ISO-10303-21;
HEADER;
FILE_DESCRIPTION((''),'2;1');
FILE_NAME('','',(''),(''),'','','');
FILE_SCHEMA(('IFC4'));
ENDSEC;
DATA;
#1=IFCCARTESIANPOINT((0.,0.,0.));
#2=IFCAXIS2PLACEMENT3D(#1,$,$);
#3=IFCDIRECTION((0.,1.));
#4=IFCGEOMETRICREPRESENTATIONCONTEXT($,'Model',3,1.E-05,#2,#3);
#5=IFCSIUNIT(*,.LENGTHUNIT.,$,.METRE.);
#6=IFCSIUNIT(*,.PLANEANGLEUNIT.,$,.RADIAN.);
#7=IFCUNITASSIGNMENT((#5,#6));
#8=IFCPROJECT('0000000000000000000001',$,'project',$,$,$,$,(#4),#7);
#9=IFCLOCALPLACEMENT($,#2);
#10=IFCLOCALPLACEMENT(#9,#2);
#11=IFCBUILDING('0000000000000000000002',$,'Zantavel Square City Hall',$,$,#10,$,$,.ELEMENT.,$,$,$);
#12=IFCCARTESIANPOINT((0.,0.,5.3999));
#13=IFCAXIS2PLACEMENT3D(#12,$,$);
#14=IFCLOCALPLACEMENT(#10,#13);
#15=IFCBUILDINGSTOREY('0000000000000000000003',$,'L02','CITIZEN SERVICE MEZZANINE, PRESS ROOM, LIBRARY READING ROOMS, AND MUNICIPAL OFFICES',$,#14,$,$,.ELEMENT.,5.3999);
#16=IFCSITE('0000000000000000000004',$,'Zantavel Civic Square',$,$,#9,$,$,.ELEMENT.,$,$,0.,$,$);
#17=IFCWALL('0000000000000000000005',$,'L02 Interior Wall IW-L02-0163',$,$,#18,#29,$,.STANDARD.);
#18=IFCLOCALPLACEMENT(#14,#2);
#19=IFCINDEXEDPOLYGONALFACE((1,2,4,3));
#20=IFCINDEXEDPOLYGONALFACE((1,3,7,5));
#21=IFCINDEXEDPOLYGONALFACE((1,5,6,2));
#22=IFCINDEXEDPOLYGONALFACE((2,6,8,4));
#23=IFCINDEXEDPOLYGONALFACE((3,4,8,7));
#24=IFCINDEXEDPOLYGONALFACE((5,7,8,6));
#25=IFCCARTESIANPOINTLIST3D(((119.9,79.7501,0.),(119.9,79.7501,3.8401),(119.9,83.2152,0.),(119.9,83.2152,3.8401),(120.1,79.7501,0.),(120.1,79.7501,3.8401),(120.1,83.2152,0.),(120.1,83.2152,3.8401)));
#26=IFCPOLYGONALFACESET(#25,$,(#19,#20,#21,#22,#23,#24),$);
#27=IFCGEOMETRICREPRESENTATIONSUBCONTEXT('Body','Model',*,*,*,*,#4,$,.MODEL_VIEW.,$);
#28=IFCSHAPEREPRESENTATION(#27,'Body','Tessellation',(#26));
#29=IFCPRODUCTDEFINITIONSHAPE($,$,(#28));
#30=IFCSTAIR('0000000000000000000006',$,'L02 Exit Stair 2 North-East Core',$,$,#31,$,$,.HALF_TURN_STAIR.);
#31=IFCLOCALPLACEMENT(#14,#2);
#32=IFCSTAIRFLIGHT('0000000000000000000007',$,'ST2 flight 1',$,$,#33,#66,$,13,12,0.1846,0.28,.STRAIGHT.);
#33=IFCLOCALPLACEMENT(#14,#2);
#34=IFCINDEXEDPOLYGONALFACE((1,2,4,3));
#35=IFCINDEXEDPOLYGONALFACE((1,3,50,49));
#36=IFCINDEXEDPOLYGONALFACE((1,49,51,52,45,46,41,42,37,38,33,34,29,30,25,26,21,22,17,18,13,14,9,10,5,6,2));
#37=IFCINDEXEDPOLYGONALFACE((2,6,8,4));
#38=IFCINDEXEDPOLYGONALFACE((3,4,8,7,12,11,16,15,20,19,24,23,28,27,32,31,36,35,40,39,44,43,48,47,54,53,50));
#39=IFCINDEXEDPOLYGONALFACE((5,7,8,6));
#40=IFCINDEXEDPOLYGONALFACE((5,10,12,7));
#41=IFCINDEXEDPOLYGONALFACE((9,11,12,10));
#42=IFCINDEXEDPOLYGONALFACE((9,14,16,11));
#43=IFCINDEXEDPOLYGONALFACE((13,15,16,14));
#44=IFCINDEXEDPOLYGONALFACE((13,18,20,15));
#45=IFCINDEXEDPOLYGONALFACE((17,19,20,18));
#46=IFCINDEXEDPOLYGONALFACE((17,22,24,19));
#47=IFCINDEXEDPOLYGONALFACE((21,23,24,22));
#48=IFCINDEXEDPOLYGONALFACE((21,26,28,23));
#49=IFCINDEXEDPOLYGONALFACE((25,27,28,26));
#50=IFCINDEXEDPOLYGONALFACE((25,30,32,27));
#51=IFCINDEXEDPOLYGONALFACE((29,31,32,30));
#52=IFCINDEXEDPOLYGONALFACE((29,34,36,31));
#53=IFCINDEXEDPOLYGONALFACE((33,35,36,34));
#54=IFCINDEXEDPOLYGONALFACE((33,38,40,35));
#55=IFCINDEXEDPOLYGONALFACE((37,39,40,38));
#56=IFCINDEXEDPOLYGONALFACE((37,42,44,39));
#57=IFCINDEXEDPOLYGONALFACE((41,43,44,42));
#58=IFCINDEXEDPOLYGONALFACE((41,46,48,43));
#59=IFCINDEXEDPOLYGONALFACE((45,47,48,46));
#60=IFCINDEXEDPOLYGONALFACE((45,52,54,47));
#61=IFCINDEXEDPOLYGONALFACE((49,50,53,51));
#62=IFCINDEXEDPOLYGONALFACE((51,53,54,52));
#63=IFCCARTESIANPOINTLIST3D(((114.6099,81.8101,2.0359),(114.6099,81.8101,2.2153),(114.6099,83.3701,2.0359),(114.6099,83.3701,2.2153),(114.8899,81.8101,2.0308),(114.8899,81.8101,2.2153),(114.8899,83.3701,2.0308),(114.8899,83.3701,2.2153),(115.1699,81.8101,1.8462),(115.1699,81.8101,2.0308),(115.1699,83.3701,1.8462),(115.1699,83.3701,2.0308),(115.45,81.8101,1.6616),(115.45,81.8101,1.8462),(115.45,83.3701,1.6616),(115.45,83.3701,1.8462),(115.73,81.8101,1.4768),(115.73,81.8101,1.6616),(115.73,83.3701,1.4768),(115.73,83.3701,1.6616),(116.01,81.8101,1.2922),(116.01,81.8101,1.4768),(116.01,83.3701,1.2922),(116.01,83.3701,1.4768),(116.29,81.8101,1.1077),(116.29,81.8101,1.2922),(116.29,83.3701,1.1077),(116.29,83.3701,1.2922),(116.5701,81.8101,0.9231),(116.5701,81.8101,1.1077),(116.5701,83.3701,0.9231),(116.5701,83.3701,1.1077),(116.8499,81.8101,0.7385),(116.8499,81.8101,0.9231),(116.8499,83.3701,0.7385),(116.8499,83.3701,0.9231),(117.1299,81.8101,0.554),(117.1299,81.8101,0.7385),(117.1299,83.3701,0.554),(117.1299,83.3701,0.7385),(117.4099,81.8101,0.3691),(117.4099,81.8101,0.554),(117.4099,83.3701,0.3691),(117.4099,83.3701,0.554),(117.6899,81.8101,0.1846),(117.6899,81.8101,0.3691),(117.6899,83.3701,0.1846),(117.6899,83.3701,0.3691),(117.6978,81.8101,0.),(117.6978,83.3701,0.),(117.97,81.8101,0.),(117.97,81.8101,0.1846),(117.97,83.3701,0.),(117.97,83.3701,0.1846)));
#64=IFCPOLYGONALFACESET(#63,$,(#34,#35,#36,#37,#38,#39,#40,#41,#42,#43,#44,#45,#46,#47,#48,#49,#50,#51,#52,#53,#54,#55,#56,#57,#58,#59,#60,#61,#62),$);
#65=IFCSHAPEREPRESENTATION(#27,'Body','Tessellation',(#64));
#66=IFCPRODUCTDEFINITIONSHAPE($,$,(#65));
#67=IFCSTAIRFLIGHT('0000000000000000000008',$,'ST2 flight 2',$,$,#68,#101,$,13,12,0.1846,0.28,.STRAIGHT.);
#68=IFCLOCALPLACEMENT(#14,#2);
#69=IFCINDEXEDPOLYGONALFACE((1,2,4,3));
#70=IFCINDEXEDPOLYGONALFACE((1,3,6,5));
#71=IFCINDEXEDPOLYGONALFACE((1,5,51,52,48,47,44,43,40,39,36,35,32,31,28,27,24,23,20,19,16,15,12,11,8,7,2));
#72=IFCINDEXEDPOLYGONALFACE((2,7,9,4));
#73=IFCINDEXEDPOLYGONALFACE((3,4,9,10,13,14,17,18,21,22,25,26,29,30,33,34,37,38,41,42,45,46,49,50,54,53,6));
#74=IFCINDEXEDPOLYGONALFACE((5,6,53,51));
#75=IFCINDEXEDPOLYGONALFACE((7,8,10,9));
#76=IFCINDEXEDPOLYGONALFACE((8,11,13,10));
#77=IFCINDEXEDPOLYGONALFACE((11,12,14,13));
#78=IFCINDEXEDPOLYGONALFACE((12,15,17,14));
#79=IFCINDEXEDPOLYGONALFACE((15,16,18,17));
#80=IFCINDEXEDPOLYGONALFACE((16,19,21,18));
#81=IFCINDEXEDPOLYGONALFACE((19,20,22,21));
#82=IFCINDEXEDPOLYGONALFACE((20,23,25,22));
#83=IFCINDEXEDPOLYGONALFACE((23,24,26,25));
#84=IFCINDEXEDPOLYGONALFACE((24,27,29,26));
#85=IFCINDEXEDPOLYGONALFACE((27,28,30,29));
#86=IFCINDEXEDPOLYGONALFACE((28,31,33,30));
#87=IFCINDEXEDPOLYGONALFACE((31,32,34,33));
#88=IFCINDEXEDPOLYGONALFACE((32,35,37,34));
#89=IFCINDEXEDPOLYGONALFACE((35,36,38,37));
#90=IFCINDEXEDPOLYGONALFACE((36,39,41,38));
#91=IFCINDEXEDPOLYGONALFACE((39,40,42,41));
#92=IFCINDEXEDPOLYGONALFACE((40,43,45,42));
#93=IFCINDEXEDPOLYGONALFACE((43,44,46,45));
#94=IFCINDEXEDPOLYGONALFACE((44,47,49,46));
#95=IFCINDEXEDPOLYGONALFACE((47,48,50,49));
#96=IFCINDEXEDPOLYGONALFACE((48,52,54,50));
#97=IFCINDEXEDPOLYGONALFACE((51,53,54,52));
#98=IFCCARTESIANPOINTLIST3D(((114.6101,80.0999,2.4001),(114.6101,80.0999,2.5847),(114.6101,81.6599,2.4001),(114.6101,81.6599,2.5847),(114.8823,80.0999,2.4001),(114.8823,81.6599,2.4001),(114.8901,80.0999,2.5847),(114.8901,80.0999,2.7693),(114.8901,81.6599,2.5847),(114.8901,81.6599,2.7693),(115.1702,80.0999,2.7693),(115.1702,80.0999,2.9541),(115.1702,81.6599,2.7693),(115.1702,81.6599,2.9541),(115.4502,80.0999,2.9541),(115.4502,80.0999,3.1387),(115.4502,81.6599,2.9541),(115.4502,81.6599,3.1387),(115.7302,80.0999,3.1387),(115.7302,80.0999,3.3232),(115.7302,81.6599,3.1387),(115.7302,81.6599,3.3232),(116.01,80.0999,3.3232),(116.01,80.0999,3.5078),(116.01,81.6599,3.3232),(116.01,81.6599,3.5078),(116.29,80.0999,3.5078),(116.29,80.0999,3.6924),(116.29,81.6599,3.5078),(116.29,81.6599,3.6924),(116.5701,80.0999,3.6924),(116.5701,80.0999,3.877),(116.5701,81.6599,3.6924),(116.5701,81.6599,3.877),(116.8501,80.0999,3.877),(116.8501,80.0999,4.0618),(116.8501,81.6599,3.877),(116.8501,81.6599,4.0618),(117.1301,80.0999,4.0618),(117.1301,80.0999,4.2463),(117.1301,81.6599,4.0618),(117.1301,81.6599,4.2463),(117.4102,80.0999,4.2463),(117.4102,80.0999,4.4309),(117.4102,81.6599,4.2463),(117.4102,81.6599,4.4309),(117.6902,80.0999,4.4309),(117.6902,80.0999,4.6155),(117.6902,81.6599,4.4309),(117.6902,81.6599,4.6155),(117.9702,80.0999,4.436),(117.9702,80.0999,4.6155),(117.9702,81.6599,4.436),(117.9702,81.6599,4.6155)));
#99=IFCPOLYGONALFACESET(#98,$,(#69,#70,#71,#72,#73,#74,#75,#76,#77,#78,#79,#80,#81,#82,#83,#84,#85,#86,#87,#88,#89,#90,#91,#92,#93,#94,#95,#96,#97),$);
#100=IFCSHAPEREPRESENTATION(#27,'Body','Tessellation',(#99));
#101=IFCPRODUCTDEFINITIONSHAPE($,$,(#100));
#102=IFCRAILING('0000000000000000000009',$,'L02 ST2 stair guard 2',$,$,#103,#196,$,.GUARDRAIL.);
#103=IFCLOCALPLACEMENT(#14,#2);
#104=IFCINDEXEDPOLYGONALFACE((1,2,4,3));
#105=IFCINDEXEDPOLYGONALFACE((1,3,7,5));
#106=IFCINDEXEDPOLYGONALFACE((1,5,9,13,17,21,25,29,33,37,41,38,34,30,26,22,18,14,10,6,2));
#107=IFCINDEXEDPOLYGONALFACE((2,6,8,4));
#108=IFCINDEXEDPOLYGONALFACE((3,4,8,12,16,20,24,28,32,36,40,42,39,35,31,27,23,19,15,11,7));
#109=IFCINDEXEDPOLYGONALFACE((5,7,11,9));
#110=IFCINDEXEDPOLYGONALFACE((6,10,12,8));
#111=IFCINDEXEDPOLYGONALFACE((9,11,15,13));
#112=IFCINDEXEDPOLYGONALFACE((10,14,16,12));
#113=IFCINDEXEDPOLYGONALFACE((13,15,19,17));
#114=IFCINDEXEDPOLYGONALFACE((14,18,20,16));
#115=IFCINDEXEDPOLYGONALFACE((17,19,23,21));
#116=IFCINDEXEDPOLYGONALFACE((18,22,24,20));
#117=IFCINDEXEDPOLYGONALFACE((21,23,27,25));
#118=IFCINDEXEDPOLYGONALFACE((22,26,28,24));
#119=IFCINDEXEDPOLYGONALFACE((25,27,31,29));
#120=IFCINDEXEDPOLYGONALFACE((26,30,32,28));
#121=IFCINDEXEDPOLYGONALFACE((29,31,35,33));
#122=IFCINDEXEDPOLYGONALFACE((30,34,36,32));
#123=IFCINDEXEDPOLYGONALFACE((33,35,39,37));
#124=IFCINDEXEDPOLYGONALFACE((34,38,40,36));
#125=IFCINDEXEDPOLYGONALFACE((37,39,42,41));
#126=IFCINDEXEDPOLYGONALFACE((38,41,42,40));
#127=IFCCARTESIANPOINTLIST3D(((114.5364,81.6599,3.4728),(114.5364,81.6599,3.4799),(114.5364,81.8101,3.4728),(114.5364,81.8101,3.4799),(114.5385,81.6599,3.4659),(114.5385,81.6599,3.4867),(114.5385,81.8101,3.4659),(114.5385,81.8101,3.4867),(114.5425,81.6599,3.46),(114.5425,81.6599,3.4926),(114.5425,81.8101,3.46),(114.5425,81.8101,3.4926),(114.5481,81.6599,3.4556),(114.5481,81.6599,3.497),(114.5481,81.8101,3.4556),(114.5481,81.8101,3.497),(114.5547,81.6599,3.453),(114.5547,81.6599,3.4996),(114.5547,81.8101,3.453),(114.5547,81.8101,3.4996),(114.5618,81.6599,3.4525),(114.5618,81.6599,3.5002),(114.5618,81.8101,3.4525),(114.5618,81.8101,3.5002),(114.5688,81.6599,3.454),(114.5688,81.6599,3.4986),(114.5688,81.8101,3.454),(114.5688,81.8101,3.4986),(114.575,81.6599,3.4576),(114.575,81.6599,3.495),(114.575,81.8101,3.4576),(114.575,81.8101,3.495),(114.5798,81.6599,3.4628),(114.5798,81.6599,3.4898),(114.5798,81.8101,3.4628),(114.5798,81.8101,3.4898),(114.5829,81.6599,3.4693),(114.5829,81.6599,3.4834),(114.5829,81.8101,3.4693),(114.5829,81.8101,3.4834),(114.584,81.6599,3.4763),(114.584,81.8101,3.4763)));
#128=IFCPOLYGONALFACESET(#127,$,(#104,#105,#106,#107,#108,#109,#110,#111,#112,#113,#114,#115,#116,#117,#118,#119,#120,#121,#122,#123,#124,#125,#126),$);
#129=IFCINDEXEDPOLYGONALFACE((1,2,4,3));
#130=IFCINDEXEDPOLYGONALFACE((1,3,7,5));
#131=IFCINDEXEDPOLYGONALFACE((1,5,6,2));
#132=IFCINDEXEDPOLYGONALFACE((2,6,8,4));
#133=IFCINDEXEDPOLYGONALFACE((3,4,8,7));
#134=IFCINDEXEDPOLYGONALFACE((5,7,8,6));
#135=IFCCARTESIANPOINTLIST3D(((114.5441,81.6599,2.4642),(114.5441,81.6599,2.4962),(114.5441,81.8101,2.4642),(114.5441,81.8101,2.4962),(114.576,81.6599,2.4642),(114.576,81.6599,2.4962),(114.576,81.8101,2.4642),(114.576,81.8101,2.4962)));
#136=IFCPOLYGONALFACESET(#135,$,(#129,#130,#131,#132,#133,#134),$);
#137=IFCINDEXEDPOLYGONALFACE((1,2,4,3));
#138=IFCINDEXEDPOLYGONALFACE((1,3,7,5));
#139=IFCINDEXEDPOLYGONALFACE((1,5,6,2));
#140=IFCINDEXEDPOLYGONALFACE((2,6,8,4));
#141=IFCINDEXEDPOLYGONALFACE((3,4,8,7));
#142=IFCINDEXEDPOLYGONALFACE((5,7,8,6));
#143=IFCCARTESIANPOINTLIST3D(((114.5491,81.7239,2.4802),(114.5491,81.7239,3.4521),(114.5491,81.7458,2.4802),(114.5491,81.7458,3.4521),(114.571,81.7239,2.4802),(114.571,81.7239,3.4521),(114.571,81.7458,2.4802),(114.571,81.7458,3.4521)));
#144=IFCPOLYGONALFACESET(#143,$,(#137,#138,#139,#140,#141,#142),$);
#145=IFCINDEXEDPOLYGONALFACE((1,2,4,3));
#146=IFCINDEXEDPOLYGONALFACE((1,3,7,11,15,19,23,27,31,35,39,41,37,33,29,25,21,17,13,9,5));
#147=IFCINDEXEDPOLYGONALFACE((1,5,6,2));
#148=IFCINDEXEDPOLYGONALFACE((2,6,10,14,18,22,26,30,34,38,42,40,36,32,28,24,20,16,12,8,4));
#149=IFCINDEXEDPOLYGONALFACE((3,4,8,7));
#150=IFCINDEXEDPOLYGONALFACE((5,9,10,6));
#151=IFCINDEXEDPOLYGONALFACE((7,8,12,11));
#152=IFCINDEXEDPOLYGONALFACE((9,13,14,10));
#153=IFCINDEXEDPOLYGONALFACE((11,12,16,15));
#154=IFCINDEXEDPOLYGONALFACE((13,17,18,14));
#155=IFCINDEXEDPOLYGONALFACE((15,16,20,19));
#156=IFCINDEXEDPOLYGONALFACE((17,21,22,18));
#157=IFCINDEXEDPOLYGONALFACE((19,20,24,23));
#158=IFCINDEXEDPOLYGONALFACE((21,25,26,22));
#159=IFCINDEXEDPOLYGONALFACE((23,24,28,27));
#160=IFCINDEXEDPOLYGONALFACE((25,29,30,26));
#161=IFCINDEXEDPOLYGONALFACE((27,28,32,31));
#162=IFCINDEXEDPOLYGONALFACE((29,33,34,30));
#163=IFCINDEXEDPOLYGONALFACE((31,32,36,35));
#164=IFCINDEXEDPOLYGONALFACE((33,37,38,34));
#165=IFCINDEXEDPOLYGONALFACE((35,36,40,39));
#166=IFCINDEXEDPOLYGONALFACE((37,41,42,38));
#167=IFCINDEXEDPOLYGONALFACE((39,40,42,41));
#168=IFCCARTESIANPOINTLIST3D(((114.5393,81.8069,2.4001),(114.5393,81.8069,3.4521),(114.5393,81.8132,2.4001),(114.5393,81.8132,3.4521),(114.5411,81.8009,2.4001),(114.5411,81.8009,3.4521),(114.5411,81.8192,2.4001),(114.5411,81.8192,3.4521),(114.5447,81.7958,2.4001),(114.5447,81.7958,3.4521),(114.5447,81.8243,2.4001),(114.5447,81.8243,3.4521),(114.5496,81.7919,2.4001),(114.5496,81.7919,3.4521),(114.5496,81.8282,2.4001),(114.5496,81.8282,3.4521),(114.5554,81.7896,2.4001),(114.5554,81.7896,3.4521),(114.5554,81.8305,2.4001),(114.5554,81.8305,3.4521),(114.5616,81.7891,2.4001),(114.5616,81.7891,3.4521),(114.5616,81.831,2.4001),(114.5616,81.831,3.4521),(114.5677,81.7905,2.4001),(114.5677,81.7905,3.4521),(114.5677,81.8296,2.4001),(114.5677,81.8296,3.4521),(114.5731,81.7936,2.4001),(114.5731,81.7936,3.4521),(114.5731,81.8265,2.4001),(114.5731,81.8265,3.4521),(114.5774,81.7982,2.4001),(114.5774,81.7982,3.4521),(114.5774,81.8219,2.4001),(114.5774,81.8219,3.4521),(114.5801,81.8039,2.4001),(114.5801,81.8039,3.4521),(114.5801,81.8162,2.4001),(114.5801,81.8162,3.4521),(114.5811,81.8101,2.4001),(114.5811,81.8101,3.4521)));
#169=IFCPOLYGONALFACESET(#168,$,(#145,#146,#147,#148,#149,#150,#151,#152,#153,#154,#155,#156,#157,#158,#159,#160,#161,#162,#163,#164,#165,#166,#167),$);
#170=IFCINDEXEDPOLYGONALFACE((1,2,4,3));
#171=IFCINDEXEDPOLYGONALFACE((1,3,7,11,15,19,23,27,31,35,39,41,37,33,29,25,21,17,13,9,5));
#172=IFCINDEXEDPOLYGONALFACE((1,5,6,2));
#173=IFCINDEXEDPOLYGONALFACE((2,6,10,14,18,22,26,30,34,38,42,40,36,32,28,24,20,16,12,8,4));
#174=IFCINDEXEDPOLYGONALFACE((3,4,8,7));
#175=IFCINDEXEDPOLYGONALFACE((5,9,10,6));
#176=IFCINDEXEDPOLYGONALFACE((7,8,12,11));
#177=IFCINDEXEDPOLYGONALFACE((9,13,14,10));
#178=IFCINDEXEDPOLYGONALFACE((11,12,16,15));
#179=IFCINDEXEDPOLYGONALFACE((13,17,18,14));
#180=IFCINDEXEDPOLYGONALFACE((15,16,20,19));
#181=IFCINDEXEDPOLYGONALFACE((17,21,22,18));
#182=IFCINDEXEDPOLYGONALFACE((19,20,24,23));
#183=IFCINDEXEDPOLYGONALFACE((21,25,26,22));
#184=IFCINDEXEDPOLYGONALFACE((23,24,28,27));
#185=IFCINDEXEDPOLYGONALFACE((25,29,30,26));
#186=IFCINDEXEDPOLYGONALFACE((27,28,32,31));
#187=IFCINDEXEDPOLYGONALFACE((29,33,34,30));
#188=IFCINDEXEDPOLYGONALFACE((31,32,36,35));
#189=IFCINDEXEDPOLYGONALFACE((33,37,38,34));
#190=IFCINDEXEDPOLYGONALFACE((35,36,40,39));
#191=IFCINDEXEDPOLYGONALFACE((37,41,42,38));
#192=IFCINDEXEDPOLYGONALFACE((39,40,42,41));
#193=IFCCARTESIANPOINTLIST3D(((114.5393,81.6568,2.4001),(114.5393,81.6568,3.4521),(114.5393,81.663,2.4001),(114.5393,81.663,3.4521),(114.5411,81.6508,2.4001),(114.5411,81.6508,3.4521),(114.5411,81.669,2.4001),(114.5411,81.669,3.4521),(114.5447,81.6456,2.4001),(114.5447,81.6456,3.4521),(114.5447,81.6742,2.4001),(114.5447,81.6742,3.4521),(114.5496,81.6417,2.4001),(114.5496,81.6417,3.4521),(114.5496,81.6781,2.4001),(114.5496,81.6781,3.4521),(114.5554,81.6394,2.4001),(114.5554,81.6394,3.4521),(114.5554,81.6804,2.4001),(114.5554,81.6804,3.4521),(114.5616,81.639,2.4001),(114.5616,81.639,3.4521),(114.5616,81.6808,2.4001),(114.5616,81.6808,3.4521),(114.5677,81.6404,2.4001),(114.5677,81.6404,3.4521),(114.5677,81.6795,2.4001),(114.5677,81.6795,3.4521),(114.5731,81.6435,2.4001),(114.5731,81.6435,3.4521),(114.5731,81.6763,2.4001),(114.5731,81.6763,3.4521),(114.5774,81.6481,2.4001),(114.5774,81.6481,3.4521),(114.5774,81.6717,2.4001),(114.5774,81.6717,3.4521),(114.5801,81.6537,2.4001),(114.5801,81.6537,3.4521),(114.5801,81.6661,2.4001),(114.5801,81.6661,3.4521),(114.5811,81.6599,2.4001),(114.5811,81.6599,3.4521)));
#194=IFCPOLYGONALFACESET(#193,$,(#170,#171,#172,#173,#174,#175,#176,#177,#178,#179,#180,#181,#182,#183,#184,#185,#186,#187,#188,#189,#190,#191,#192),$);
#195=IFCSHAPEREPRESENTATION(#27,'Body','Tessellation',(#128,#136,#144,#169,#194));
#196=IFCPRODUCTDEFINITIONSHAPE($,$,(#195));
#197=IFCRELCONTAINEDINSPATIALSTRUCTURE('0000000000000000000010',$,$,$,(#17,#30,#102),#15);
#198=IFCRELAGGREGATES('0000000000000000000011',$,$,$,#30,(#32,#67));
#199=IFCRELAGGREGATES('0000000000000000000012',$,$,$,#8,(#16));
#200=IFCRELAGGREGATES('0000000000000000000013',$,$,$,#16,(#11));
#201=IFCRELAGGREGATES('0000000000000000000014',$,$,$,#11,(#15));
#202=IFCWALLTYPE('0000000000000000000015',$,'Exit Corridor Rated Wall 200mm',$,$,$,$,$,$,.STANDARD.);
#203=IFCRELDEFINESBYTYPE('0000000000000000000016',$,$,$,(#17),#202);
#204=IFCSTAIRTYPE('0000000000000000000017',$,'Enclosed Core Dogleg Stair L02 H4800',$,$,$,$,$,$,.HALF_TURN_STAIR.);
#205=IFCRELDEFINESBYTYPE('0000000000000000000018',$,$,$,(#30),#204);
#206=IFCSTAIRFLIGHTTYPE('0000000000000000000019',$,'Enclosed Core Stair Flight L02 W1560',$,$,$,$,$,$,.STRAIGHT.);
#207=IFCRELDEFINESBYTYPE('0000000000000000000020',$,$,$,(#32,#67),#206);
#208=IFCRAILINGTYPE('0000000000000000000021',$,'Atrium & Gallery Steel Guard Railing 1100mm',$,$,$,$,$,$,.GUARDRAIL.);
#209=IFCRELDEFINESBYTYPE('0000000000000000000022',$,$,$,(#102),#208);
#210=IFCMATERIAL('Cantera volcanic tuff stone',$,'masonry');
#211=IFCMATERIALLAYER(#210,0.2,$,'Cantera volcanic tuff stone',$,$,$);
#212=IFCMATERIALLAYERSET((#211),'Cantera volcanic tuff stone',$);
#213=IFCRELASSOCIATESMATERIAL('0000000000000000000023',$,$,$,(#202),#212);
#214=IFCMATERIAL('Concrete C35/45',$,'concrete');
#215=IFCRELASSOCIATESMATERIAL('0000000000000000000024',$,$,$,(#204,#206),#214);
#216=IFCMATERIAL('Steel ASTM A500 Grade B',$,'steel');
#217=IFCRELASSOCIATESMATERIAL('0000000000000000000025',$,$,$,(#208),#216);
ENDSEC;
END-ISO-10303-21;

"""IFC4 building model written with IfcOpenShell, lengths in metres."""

from ifc_helpers import new_model, si_unit, direction, frame, frame_2d, origin, origin_2d, place, context, subcontext, project, spatial, polyline, rectangle, circle, outline, extrude, material, layer, layer_set, type_object, element, aggregate, save


model = new_model("IFC4")

# Units and contexts
model_context = context("Model", 3, precision=1e-05, world=origin(), true_north=direction((0.0, 1.0)))
body_context = subcontext(model_context, "Body", "Model", "MODEL_VIEW")
ifc_project = project(units=[si_unit("LENGTHUNIT", "METRE"), si_unit("PLANEANGLEUNIT", "RADIAN")], contexts=[model_context])

# Site, building, storey
site_placement = place(None, origin())
site = spatial("IfcSite", under=ifc_project, at=site_placement, Name="Zantavel Civic Square", CompositionType="ELEMENT", RefElevation=0.0)
building_placement = place(site_placement, origin())
building = spatial("IfcBuilding", under=site, at=building_placement, Name="Zantavel Square City Hall", CompositionType="ELEMENT")
storey_placement = place(building_placement, frame((0.0, 0.0, 5.3999)))
storey = spatial("IfcBuildingStorey", under=building, at=storey_placement, Name="L02", Description="CITIZEN SERVICE MEZZANINE, PRESS ROOM, LIBRARY READING ROOMS, AND MUNICIPAL OFFICES", CompositionType="ELEMENT", Elevation=5.3999)

# Shared definitions
ifc_material_1 = material(Name="Concrete C35/45", Category="concrete")

# Shared definitions
ifc_material_2 = material(Name="Steel ASTM A500 Grade B", Category="steel")

# Wall
ifc_material_3 = material(Name="Cantera volcanic tuff stone", Category="masonry")
ifc_layer_1 = layer(ifc_material_3, 0.2, Name="Cantera volcanic tuff stone")
ifc_layer_set_1 = layer_set([ifc_layer_1], Name="Cantera volcanic tuff stone")
wall_type_1 = type_object("IfcWallType", Name="Exit Corridor Rated Wall 200mm", PredefinedType="STANDARD", material=ifc_layer_set_1)
wall_1_placement = place(storey_placement, frame((120.0, 83.2151, 0.0), z_axis=(0.0, 0.0, 1.0), x_axis=(0.0, -1.0, 0.0)))
element("IfcWall", 1, at=wall_1_placement, inside=storey, type_object=wall_type_1, Name="L02 Interior Wall IW-L02-0163", PredefinedType="STANDARD", context=body_context, shape_type="SweptSolid", body=[
    extrude(rectangle(XDim=3.4651, YDim=0.2, at=frame_2d((1.7324, 0.0))), origin(), (0.0, 0.0, 1.0), 3.8401),
])

# Stair, stair flights
stair_type = type_object("IfcStairType", Name="Enclosed Core Dogleg Stair L02 H4800", PredefinedType="HALF_TURN_STAIR", material=ifc_material_1)
stair_placement = place(storey_placement, origin())
stair = element("IfcStair", 2, at=stair_placement, inside=storey, type_object=stair_type, Name="L02 Exit Stair 2 North-East Core", PredefinedType="HALF_TURN_STAIR")
stair_flight_type = type_object("IfcStairFlightType", Name="Enclosed Core Stair Flight L02 W1560", PredefinedType="STRAIGHT", material=ifc_material_1)
stair_flight_1_placement = place(storey_placement, frame((117.97, 82.5901, 0.0), z_axis=(0.0, 0.0, 1.0), x_axis=(-1.0, 0.0, 0.0)))
stair_flight_1 = element("IfcStairFlight", 3, at=stair_flight_1_placement, type_object=stair_flight_type, Name="ST2 flight 1", NumberOfRisers=13, NumberOfTreads=12, PredefinedType="STRAIGHT", RiserHeight=0.1846, TreadLength=0.28, context=body_context, shape_type="SweptSolid", body=[
    extrude(outline(polyline([(0.0, 0.0), (0.0, 0.1846), (0.28, 0.1846), (0.28, 0.3691), (0.5601, 0.3691), (0.5601, 0.554), (0.8401, 0.554), (0.8401, 0.7385), (1.1201, 0.7385), (1.1201, 0.9231), (1.3999, 0.9231), (1.3999, 1.1077), (1.6799, 1.1077), (1.6799, 1.2922), (1.96, 1.2922), (1.96, 1.4768), (2.24, 1.4768), (2.24, 1.6616), (2.52, 1.6616), (2.52, 1.8462), (2.8, 1.8462), (2.8, 2.0308), (3.0801, 2.0308), (3.0801, 2.2153), (3.3601, 2.2153), (3.3601, 2.3999), (3.3601, 2.0359), (0.2722, 0.0), (0.0, 0.0)])), frame((0.0, 0.78, 0.0), z_axis=(0.0, -1.0, 0.0), x_axis=(1.0, 0.0, 0.0)), (0.0, 0.0, 1.0), 1.5601),
])
stair_flight_2_placement = place(storey_placement, frame((114.6101, 80.8799, 2.4001), z_axis=(0.0, 0.0, 1.0), x_axis=(1.0, 0.0, 0.0)))
stair_flight_2 = element("IfcStairFlight", 4, at=stair_flight_2_placement, type_object=stair_flight_type, Name="ST2 flight 2", NumberOfRisers=13, NumberOfTreads=12, PredefinedType="STRAIGHT", RiserHeight=0.1846, TreadLength=0.28, context=body_context, shape_type="SweptSolid", body=[
    extrude(outline(polyline([(0.0, 0.0), (0.0, 0.1846), (0.28, 0.1846), (0.28, 0.3691), (0.5601, 0.3691), (0.5601, 0.554), (0.8401, 0.554), (0.8401, 0.7385), (1.1201, 0.7385), (1.1201, 0.9231), (1.3999, 0.9231), (1.3999, 1.1077), (1.6799, 1.1077), (1.6799, 1.2922), (1.96, 1.2922), (1.96, 1.4768), (2.24, 1.4768), (2.24, 1.6616), (2.52, 1.6616), (2.52, 1.8462), (2.8, 1.8462), (2.8, 2.0308), (3.0801, 2.0308), (3.0801, 2.2153), (3.3601, 2.2153), (3.3601, 2.3999), (3.3601, 2.0359), (0.2722, 0.0), (0.0, 0.0)])), frame((0.0, 0.78, 0.0), z_axis=(0.0, -1.0, 0.0), x_axis=(1.0, 0.0, 0.0)), (0.0, 0.0, 1.0), 1.5601),
])
aggregate(stair, [stair_flight_1, stair_flight_2])

# Railing
railing_type_1 = type_object("IfcRailingType", Name="Atrium & Gallery Steel Guard Railing 1100mm", PredefinedType="GUARDRAIL", material=ifc_material_2)
railing_1_placement = place(storey_placement, frame((114.5601, 81.8101, 2.4001)))
element("IfcRailing", 5, at=railing_1_placement, inside=storey, type_object=railing_type_1, Name="L02 ST2 stair guard 2", PredefinedType="GUARDRAIL", context=body_context, shape_type="SweptSolid", body=[
    extrude(circle(Radius=0.0239, at=origin_2d()), frame((0.0, 0.0, 1.0762), z_axis=(0.0, -1.0, 0.0), x_axis=(1.0, 0.0, 0.0)), (0.0, 0.0, 1.0), 0.1501),
    extrude(rectangle(XDim=0.032, YDim=0.032, at=origin_2d()), frame((0.0, 0.0, 0.0801), z_axis=(0.0, -1.0, 0.0), x_axis=(1.0, 0.0, 0.0)), (0.0, 0.0, 1.0), 0.1501),
    extrude(rectangle(XDim=0.022, YDim=0.022, at=origin_2d()), frame((0.0, -0.0752, 0.0801)), (0.0, 0.0, 1.0), 0.9719),
    extrude(circle(Radius=0.021, at=origin_2d()), origin(), (0.0, 0.0, 1.0), 1.052),
    extrude(circle(Radius=0.021, at=origin_2d()), frame((0.0, -0.1501, 0.0)), (0.0, 0.0, 1.0), 1.052),
])

save(model, "model.ifc")
